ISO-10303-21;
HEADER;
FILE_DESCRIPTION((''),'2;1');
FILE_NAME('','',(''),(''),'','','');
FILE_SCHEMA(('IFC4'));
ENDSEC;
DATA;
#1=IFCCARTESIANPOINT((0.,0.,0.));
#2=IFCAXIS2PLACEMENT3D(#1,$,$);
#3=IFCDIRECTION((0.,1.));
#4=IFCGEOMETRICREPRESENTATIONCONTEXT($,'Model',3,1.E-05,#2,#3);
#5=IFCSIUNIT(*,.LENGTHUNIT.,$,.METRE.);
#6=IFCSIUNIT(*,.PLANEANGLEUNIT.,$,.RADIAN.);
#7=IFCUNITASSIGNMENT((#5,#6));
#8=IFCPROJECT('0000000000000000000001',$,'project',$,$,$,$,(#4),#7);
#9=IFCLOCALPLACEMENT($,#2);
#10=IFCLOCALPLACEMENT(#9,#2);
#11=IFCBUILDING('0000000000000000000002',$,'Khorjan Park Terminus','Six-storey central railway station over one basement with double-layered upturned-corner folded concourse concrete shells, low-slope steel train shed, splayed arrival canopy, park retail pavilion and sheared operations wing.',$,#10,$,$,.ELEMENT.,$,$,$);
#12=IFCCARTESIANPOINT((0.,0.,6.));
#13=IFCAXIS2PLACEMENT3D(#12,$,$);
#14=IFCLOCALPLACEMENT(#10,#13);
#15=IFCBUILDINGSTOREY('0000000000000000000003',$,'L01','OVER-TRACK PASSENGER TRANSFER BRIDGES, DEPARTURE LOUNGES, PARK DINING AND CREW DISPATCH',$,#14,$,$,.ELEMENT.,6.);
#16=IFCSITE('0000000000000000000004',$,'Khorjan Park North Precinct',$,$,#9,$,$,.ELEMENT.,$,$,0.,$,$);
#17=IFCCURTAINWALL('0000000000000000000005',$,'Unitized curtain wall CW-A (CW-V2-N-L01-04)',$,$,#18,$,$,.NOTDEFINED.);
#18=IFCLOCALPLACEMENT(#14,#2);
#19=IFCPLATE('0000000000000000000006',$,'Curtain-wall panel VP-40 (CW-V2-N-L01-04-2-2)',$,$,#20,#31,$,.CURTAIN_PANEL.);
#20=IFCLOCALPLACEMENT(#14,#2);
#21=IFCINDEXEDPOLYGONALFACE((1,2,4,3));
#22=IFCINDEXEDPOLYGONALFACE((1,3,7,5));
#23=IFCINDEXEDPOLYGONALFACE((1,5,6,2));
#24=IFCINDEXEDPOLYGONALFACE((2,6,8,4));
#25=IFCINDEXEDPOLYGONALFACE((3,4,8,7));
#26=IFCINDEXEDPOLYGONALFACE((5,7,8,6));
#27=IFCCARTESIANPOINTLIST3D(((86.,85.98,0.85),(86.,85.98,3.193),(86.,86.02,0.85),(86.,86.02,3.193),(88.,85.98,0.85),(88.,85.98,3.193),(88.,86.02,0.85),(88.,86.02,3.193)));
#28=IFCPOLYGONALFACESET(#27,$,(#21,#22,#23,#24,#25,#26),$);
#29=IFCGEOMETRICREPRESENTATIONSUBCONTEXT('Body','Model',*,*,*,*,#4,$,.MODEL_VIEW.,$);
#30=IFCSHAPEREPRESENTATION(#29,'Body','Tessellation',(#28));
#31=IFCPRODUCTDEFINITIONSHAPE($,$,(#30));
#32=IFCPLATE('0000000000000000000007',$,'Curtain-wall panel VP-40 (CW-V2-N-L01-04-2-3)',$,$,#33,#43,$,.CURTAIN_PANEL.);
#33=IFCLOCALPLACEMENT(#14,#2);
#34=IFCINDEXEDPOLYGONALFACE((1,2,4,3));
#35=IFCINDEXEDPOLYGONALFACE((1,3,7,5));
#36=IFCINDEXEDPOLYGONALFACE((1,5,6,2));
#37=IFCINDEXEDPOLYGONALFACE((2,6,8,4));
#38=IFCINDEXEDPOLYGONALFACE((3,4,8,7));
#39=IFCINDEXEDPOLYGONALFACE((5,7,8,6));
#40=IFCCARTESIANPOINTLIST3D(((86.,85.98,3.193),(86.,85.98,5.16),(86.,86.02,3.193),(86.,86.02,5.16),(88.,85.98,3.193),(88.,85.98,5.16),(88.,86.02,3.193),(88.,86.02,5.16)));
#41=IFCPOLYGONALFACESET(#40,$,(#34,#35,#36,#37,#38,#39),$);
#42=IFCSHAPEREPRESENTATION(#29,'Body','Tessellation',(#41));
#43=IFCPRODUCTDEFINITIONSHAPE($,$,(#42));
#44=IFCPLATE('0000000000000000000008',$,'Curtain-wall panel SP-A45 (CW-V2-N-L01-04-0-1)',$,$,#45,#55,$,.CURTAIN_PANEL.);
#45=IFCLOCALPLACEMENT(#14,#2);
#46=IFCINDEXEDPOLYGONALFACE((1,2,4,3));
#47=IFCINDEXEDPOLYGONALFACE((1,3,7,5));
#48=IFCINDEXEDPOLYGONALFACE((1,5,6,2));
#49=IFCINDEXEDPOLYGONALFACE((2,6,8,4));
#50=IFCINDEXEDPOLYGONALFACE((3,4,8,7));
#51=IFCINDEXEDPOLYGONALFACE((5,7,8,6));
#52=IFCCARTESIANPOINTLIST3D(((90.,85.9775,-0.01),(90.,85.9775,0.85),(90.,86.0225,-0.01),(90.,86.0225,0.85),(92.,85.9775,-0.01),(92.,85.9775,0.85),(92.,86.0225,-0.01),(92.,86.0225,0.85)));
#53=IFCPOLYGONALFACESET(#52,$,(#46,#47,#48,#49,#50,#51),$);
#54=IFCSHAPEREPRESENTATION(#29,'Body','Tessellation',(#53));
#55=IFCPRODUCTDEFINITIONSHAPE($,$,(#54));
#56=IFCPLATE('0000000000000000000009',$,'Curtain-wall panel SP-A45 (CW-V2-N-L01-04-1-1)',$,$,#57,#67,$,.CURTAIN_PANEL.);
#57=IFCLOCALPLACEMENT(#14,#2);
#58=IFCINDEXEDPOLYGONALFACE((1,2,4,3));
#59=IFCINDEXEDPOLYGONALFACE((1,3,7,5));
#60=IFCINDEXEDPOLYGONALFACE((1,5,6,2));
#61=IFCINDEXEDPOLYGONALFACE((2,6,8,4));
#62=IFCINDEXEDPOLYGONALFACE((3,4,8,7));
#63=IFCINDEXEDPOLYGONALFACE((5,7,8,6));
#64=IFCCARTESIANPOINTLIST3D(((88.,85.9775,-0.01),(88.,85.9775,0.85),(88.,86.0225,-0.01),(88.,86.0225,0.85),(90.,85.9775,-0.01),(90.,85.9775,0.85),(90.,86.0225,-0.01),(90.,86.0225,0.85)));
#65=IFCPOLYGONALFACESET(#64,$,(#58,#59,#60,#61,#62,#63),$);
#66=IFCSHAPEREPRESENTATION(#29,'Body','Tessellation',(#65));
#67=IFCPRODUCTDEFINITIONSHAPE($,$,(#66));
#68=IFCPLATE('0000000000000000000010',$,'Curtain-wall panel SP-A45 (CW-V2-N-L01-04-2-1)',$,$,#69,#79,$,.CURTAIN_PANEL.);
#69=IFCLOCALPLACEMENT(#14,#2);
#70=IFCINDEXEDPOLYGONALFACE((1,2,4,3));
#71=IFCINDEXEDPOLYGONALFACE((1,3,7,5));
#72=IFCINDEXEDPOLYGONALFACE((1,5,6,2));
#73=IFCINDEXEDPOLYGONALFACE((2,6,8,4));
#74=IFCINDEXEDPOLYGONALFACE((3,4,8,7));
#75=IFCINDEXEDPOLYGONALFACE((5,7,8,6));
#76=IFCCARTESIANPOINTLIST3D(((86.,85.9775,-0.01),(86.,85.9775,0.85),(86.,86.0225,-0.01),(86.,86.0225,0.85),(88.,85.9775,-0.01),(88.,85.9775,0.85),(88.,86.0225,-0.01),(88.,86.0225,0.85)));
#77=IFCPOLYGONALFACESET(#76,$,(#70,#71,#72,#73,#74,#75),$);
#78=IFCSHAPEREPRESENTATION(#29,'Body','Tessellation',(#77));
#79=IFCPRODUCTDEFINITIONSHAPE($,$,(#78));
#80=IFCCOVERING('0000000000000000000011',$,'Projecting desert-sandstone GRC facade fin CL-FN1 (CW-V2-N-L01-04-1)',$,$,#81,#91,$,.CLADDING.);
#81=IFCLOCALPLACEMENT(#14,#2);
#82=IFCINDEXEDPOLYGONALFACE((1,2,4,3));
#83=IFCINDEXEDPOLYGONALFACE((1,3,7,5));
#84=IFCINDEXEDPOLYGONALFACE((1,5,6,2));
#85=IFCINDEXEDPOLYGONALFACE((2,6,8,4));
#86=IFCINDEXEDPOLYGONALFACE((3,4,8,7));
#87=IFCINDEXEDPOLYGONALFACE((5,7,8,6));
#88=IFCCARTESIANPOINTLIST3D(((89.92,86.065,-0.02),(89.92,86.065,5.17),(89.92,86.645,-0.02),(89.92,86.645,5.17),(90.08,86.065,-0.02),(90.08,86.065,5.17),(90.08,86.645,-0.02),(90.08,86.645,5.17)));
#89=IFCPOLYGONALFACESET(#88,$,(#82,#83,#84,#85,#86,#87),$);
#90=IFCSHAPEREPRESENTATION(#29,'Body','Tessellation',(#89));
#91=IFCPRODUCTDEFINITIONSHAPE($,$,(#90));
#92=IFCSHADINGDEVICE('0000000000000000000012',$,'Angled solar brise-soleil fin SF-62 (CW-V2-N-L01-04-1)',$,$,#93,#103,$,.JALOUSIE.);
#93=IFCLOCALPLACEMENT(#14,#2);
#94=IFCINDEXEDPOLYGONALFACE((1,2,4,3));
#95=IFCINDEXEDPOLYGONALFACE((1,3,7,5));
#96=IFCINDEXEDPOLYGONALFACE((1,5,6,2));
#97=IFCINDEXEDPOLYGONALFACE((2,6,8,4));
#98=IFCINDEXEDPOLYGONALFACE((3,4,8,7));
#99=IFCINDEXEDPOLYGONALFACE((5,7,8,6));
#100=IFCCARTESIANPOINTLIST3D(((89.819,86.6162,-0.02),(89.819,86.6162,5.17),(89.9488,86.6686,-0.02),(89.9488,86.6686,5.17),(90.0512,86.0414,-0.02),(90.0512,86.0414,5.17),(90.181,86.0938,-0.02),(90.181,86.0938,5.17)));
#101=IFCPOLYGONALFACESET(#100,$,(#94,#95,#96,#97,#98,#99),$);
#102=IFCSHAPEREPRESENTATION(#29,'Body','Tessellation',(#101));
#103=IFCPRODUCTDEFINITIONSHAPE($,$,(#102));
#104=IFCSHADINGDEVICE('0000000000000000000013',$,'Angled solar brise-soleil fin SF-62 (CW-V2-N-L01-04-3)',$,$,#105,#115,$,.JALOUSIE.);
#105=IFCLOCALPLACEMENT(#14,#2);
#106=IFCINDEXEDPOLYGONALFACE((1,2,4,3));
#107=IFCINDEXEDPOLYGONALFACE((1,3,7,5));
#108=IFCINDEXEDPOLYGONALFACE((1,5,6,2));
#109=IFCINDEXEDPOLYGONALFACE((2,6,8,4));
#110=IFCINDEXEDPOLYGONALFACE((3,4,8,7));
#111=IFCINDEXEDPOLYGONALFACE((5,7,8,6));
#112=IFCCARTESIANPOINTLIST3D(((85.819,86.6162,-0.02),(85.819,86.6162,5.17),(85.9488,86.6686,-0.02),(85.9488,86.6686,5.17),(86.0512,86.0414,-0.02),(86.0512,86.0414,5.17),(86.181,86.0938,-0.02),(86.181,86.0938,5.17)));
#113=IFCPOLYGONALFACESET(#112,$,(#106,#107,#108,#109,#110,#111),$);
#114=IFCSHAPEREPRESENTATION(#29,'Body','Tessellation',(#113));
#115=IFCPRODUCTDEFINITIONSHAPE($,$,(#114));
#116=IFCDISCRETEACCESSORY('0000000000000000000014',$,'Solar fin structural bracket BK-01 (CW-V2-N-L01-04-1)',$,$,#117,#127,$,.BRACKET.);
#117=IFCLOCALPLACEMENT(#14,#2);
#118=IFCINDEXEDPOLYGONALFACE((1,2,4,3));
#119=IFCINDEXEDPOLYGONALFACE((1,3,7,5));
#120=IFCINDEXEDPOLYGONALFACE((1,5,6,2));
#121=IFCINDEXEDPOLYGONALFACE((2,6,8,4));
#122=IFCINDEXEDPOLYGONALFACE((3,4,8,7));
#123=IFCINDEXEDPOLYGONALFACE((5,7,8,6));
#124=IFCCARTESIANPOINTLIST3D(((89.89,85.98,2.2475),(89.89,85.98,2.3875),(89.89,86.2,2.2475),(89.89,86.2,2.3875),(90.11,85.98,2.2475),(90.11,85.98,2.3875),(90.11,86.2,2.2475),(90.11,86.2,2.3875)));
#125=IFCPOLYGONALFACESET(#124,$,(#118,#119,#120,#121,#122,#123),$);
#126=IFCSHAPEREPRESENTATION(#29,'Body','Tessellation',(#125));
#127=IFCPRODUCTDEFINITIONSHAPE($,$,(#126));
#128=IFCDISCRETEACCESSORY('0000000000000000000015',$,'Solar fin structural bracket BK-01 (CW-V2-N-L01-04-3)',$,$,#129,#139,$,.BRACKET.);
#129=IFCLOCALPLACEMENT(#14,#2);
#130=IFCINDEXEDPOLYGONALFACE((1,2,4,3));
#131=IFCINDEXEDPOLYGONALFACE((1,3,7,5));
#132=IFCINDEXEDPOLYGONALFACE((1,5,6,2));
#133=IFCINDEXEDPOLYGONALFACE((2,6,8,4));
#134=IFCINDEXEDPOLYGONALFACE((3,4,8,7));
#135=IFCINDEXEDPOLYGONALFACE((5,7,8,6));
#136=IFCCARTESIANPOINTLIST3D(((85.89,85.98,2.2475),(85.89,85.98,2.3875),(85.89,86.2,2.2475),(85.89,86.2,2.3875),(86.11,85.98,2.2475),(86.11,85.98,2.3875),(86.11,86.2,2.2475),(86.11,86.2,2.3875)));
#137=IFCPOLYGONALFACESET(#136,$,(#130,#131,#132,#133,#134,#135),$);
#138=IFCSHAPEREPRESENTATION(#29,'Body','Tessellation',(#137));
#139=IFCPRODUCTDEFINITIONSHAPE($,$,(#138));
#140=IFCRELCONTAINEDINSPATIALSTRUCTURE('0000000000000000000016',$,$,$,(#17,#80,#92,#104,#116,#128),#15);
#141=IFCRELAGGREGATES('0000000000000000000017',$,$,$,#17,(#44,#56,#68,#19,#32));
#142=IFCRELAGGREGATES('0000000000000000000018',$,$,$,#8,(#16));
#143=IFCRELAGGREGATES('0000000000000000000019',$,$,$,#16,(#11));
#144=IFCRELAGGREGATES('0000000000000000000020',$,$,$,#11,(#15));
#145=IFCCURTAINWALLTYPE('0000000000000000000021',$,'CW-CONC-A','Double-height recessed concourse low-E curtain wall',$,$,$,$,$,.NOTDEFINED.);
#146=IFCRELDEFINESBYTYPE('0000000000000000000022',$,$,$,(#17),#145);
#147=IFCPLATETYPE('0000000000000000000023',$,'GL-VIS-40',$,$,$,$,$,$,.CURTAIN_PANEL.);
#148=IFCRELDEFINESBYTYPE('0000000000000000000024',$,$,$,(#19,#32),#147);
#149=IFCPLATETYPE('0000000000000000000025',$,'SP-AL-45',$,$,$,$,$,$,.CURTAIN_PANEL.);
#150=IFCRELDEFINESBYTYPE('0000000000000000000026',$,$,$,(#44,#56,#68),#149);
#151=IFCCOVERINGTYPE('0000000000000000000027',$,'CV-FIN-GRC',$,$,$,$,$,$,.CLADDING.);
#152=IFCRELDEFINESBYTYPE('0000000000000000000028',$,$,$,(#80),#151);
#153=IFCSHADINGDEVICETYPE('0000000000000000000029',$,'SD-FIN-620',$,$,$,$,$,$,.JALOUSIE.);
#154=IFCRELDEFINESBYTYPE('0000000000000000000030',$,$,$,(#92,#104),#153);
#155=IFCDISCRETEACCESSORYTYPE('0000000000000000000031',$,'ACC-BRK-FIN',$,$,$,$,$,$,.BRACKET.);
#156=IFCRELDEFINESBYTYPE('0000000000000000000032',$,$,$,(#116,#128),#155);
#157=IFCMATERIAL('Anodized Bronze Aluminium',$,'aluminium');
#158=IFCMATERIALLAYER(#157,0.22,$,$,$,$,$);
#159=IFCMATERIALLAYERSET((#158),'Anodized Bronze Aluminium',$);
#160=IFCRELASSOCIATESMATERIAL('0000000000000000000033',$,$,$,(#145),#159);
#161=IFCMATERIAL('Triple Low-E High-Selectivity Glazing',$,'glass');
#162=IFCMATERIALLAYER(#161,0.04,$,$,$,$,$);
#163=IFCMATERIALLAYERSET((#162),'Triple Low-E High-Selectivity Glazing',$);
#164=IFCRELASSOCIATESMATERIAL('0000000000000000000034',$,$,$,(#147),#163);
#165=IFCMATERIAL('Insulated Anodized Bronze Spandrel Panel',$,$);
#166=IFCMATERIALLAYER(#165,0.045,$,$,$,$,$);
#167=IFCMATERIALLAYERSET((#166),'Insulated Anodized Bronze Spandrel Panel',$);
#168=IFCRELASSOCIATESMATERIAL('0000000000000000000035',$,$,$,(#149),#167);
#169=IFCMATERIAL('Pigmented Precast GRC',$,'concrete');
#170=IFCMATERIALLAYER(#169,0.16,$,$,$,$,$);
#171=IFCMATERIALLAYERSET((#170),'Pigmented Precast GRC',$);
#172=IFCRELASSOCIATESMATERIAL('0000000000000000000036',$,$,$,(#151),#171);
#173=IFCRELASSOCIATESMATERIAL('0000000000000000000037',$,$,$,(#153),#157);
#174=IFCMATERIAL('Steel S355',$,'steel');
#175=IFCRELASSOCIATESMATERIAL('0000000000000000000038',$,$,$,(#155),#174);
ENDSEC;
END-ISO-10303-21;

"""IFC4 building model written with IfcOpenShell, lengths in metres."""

from ifc_helpers import new_model, si_unit, direction, frame, origin, origin_2d, place, context, subcontext, project, spatial, rectangle, extrude, material, layer, layer_set, type_object, element, aggregate, save


model = new_model("IFC4")

# Units and contexts
model_context = context("Model", 3, precision=1e-05, world=origin(), true_north=direction((0.0, 1.0)))
body_context = subcontext(model_context, "Body", "Model", "MODEL_VIEW")
ifc_project = project(units=[si_unit("LENGTHUNIT", "METRE"), si_unit("PLANEANGLEUNIT", "RADIAN")], contexts=[model_context])

# Site, building, storey
site_placement = place(None, origin())
site = spatial("IfcSite", under=ifc_project, at=site_placement, Name="Khorjan Park North Precinct", CompositionType="ELEMENT", RefElevation=0.0)
building_placement = place(site_placement, origin())
building = spatial("IfcBuilding", under=site, at=building_placement, Name="Khorjan Park Terminus", Description="Six-storey central railway station over one basement with double-layered upturned-corner folded concourse concrete shells, low-slope steel train shed, splayed arrival canopy, park retail pavilion and sheared operations wing.", CompositionType="ELEMENT")
storey_placement = place(building_placement, frame((0.0, 0.0, 6.0)))
storey = spatial("IfcBuildingStorey", under=building, at=storey_placement, Name="L01", Description="OVER-TRACK PASSENGER TRANSFER BRIDGES, DEPARTURE LOUNGES, PARK DINING AND CREW DISPATCH", CompositionType="ELEMENT", Elevation=6.0)

# Curtain wall
ifc_material_1 = material(Name="Anodized Bronze Aluminium", Category="aluminium")
ifc_layer_1 = layer(ifc_material_1, 0.22)
ifc_layer_set_1 = layer_set([ifc_layer_1], Name="Anodized Bronze Aluminium")
curtain_wall_type = type_object("IfcCurtainWallType", Name="CW-CONC-A", Description="Double-height recessed concourse low-E curtain wall", PredefinedType="NOTDEFINED", material=ifc_layer_set_1)
curtain_wall_placement = place(storey_placement, origin())
curtain_wall = element("IfcCurtainWall", 1, at=curtain_wall_placement, inside=storey, type_object=curtain_wall_type, Name="Unitized curtain wall CW-A (CW-V2-N-L01-04)", PredefinedType="NOTDEFINED")

# Plates
ifc_material_2 = material(Name="Triple Low-E High-Selectivity Glazing", Category="glass")
ifc_layer_2 = layer(ifc_material_2, 0.04)
ifc_layer_set_2 = layer_set([ifc_layer_2], Name="Triple Low-E High-Selectivity Glazing")
plate_type_1 = type_object("IfcPlateType", Name="GL-VIS-40", PredefinedType="CURTAIN_PANEL", material=ifc_layer_set_2)
plate_1_placement = place(storey_placement, frame((87.0, 86.0, 0.85), z_axis=(0.0, 0.0, 1.0), x_axis=(-1.0, 0.0, 0.0)))
plate_1 = element("IfcPlate", 2, at=plate_1_placement, type_object=plate_type_1, Name="Curtain-wall panel VP-40 (CW-V2-N-L01-04-2-2)", PredefinedType="CURTAIN_PANEL", context=body_context, shape_type="SweptSolid", body=[
    extrude(rectangle(XDim=2.0, YDim=0.04, at=origin_2d()), origin(), (0.0, 0.0, 1.0), 2.343),
])
plate_2_placement = place(storey_placement, frame((87.0, 86.0, 3.193), z_axis=(0.0, 0.0, 1.0), x_axis=(-1.0, 0.0, 0.0)))
plate_2 = element("IfcPlate", 3, at=plate_2_placement, type_object=plate_type_1, Name="Curtain-wall panel VP-40 (CW-V2-N-L01-04-2-3)", PredefinedType="CURTAIN_PANEL", context=body_context, shape_type="SweptSolid", body=[
    extrude(rectangle(XDim=2.0, YDim=0.04, at=origin_2d()), origin(), (0.0, 0.0, 1.0), 1.967),
])
ifc_material_3 = material(Name="Insulated Anodized Bronze Spandrel Panel")
ifc_layer_3 = layer(ifc_material_3, 0.045)
ifc_layer_set_3 = layer_set([ifc_layer_3], Name="Insulated Anodized Bronze Spandrel Panel")
plate_type_2 = type_object("IfcPlateType", Name="SP-AL-45", PredefinedType="CURTAIN_PANEL", material=ifc_layer_set_3)
plate_3_placement = place(storey_placement, frame((91.0, 86.0, -0.01), z_axis=(0.0, 0.0, 1.0), x_axis=(-1.0, 0.0, 0.0)))
plate_3 = element("IfcPlate", 4, at=plate_3_placement, type_object=plate_type_2, Name="Curtain-wall panel SP-A45 (CW-V2-N-L01-04-0-1)", PredefinedType="CURTAIN_PANEL", context=body_context, shape_type="SweptSolid", body=[
    extrude(rectangle(XDim=2.0, YDim=0.045, at=origin_2d()), origin(), (0.0, 0.0, 1.0), 0.86),
])
plate_4_placement = place(storey_placement, frame((89.0, 86.0, -0.01), z_axis=(0.0, 0.0, 1.0), x_axis=(-1.0, 0.0, 0.0)))
plate_4 = element("IfcPlate", 5, at=plate_4_placement, type_object=plate_type_2, Name="Curtain-wall panel SP-A45 (CW-V2-N-L01-04-1-1)", PredefinedType="CURTAIN_PANEL", context=body_context, shape_type="SweptSolid", body=[
    extrude(rectangle(XDim=2.0, YDim=0.045, at=origin_2d()), origin(), (0.0, 0.0, 1.0), 0.86),
])
plate_5_placement = place(storey_placement, frame((87.0, 86.0, -0.01), z_axis=(0.0, 0.0, 1.0), x_axis=(-1.0, 0.0, 0.0)))
plate_5 = element("IfcPlate", 6, at=plate_5_placement, type_object=plate_type_2, Name="Curtain-wall panel SP-A45 (CW-V2-N-L01-04-2-1)", PredefinedType="CURTAIN_PANEL", context=body_context, shape_type="SweptSolid", body=[
    extrude(rectangle(XDim=2.0, YDim=0.045, at=origin_2d()), origin(), (0.0, 0.0, 1.0), 0.86),
])
aggregate(curtain_wall, [plate_3, plate_4, plate_5, plate_1, plate_2])

# Covering
ifc_material_4 = material(Name="Pigmented Precast GRC", Category="concrete")
ifc_layer_4 = layer(ifc_material_4, 0.16)
ifc_layer_set_4 = layer_set([ifc_layer_4], Name="Pigmented Precast GRC")
covering_type = type_object("IfcCoveringType", Name="CV-FIN-GRC", PredefinedType="CLADDING", material=ifc_layer_set_4)
covering_placement = place(storey_placement, frame((90.0, 86.355, -0.02), z_axis=(0.0, 0.0, 1.0), x_axis=(0.0, -1.0, 0.0)))
element("IfcCovering", 7, at=covering_placement, inside=storey, type_object=covering_type, Name="Projecting desert-sandstone GRC facade fin CL-FN1 (CW-V2-N-L01-04-1)", PredefinedType="CLADDING", context=body_context, shape_type="SweptSolid", body=[
    extrude(rectangle(XDim=0.58, YDim=0.16, at=origin_2d()), origin(), (0.0, 0.0, 1.0), 5.19),
])

# Shading devices
shading_device_type = type_object("IfcShadingDeviceType", Name="SD-FIN-620", PredefinedType="JALOUSIE", material=ifc_material_1)
for number, where, z_axis, x_axis, name in (
    (8, (90.0, 86.355, -0.02), (0.0, 0.0, 1.0), (0.374607, -0.927184, 0.0), "Angled solar brise-soleil fin SF-62 (CW-V2-N-L01-04-1)"),
    (9, (86.0, 86.355, -0.02), (0.0, 0.0, 1.0), (0.374607, -0.927184, 0.0), "Angled solar brise-soleil fin SF-62 (CW-V2-N-L01-04-3)"),
):
    element("IfcShadingDevice", number, at=place(storey_placement, frame(where, z_axis=z_axis, x_axis=x_axis)), inside=storey, type_object=shading_device_type, Name=name, PredefinedType="JALOUSIE", context=body_context, shape_type="SweptSolid", body=[
        extrude(rectangle(XDim=0.62, YDim=0.14, at=origin_2d()), origin(), (0.0, 0.0, 1.0), 5.19),
    ])

# Discrete accessories
ifc_material_5 = material(Name="Steel S355", Category="steel")
discrete_accessory_type = type_object("IfcDiscreteAccessoryType", Name="ACC-BRK-FIN", PredefinedType="BRACKET", material=ifc_material_5)
for number, where, z_axis, x_axis, name in (
    (10, (90.0, 86.09, 2.2475), (0.0, 0.0, 1.0), (-1.0, 0.0, 0.0), "Solar fin structural bracket BK-01 (CW-V2-N-L01-04-1)"),
    (11, (86.0, 86.09, 2.2475), (0.0, 0.0, 1.0), (-1.0, 0.0, 0.0), "Solar fin structural bracket BK-01 (CW-V2-N-L01-04-3)"),
):
    element("IfcDiscreteAccessory", number, at=place(storey_placement, frame(where, z_axis=z_axis, x_axis=x_axis)), inside=storey, type_object=discrete_accessory_type, Name=name, PredefinedType="BRACKET", context=body_context, shape_type="SweptSolid", body=[
        extrude(rectangle(XDim=0.22, YDim=0.22, at=origin_2d()), origin(), (0.0, 0.0, 1.0), 0.14),
    ])

save(model, "model.ifc")
